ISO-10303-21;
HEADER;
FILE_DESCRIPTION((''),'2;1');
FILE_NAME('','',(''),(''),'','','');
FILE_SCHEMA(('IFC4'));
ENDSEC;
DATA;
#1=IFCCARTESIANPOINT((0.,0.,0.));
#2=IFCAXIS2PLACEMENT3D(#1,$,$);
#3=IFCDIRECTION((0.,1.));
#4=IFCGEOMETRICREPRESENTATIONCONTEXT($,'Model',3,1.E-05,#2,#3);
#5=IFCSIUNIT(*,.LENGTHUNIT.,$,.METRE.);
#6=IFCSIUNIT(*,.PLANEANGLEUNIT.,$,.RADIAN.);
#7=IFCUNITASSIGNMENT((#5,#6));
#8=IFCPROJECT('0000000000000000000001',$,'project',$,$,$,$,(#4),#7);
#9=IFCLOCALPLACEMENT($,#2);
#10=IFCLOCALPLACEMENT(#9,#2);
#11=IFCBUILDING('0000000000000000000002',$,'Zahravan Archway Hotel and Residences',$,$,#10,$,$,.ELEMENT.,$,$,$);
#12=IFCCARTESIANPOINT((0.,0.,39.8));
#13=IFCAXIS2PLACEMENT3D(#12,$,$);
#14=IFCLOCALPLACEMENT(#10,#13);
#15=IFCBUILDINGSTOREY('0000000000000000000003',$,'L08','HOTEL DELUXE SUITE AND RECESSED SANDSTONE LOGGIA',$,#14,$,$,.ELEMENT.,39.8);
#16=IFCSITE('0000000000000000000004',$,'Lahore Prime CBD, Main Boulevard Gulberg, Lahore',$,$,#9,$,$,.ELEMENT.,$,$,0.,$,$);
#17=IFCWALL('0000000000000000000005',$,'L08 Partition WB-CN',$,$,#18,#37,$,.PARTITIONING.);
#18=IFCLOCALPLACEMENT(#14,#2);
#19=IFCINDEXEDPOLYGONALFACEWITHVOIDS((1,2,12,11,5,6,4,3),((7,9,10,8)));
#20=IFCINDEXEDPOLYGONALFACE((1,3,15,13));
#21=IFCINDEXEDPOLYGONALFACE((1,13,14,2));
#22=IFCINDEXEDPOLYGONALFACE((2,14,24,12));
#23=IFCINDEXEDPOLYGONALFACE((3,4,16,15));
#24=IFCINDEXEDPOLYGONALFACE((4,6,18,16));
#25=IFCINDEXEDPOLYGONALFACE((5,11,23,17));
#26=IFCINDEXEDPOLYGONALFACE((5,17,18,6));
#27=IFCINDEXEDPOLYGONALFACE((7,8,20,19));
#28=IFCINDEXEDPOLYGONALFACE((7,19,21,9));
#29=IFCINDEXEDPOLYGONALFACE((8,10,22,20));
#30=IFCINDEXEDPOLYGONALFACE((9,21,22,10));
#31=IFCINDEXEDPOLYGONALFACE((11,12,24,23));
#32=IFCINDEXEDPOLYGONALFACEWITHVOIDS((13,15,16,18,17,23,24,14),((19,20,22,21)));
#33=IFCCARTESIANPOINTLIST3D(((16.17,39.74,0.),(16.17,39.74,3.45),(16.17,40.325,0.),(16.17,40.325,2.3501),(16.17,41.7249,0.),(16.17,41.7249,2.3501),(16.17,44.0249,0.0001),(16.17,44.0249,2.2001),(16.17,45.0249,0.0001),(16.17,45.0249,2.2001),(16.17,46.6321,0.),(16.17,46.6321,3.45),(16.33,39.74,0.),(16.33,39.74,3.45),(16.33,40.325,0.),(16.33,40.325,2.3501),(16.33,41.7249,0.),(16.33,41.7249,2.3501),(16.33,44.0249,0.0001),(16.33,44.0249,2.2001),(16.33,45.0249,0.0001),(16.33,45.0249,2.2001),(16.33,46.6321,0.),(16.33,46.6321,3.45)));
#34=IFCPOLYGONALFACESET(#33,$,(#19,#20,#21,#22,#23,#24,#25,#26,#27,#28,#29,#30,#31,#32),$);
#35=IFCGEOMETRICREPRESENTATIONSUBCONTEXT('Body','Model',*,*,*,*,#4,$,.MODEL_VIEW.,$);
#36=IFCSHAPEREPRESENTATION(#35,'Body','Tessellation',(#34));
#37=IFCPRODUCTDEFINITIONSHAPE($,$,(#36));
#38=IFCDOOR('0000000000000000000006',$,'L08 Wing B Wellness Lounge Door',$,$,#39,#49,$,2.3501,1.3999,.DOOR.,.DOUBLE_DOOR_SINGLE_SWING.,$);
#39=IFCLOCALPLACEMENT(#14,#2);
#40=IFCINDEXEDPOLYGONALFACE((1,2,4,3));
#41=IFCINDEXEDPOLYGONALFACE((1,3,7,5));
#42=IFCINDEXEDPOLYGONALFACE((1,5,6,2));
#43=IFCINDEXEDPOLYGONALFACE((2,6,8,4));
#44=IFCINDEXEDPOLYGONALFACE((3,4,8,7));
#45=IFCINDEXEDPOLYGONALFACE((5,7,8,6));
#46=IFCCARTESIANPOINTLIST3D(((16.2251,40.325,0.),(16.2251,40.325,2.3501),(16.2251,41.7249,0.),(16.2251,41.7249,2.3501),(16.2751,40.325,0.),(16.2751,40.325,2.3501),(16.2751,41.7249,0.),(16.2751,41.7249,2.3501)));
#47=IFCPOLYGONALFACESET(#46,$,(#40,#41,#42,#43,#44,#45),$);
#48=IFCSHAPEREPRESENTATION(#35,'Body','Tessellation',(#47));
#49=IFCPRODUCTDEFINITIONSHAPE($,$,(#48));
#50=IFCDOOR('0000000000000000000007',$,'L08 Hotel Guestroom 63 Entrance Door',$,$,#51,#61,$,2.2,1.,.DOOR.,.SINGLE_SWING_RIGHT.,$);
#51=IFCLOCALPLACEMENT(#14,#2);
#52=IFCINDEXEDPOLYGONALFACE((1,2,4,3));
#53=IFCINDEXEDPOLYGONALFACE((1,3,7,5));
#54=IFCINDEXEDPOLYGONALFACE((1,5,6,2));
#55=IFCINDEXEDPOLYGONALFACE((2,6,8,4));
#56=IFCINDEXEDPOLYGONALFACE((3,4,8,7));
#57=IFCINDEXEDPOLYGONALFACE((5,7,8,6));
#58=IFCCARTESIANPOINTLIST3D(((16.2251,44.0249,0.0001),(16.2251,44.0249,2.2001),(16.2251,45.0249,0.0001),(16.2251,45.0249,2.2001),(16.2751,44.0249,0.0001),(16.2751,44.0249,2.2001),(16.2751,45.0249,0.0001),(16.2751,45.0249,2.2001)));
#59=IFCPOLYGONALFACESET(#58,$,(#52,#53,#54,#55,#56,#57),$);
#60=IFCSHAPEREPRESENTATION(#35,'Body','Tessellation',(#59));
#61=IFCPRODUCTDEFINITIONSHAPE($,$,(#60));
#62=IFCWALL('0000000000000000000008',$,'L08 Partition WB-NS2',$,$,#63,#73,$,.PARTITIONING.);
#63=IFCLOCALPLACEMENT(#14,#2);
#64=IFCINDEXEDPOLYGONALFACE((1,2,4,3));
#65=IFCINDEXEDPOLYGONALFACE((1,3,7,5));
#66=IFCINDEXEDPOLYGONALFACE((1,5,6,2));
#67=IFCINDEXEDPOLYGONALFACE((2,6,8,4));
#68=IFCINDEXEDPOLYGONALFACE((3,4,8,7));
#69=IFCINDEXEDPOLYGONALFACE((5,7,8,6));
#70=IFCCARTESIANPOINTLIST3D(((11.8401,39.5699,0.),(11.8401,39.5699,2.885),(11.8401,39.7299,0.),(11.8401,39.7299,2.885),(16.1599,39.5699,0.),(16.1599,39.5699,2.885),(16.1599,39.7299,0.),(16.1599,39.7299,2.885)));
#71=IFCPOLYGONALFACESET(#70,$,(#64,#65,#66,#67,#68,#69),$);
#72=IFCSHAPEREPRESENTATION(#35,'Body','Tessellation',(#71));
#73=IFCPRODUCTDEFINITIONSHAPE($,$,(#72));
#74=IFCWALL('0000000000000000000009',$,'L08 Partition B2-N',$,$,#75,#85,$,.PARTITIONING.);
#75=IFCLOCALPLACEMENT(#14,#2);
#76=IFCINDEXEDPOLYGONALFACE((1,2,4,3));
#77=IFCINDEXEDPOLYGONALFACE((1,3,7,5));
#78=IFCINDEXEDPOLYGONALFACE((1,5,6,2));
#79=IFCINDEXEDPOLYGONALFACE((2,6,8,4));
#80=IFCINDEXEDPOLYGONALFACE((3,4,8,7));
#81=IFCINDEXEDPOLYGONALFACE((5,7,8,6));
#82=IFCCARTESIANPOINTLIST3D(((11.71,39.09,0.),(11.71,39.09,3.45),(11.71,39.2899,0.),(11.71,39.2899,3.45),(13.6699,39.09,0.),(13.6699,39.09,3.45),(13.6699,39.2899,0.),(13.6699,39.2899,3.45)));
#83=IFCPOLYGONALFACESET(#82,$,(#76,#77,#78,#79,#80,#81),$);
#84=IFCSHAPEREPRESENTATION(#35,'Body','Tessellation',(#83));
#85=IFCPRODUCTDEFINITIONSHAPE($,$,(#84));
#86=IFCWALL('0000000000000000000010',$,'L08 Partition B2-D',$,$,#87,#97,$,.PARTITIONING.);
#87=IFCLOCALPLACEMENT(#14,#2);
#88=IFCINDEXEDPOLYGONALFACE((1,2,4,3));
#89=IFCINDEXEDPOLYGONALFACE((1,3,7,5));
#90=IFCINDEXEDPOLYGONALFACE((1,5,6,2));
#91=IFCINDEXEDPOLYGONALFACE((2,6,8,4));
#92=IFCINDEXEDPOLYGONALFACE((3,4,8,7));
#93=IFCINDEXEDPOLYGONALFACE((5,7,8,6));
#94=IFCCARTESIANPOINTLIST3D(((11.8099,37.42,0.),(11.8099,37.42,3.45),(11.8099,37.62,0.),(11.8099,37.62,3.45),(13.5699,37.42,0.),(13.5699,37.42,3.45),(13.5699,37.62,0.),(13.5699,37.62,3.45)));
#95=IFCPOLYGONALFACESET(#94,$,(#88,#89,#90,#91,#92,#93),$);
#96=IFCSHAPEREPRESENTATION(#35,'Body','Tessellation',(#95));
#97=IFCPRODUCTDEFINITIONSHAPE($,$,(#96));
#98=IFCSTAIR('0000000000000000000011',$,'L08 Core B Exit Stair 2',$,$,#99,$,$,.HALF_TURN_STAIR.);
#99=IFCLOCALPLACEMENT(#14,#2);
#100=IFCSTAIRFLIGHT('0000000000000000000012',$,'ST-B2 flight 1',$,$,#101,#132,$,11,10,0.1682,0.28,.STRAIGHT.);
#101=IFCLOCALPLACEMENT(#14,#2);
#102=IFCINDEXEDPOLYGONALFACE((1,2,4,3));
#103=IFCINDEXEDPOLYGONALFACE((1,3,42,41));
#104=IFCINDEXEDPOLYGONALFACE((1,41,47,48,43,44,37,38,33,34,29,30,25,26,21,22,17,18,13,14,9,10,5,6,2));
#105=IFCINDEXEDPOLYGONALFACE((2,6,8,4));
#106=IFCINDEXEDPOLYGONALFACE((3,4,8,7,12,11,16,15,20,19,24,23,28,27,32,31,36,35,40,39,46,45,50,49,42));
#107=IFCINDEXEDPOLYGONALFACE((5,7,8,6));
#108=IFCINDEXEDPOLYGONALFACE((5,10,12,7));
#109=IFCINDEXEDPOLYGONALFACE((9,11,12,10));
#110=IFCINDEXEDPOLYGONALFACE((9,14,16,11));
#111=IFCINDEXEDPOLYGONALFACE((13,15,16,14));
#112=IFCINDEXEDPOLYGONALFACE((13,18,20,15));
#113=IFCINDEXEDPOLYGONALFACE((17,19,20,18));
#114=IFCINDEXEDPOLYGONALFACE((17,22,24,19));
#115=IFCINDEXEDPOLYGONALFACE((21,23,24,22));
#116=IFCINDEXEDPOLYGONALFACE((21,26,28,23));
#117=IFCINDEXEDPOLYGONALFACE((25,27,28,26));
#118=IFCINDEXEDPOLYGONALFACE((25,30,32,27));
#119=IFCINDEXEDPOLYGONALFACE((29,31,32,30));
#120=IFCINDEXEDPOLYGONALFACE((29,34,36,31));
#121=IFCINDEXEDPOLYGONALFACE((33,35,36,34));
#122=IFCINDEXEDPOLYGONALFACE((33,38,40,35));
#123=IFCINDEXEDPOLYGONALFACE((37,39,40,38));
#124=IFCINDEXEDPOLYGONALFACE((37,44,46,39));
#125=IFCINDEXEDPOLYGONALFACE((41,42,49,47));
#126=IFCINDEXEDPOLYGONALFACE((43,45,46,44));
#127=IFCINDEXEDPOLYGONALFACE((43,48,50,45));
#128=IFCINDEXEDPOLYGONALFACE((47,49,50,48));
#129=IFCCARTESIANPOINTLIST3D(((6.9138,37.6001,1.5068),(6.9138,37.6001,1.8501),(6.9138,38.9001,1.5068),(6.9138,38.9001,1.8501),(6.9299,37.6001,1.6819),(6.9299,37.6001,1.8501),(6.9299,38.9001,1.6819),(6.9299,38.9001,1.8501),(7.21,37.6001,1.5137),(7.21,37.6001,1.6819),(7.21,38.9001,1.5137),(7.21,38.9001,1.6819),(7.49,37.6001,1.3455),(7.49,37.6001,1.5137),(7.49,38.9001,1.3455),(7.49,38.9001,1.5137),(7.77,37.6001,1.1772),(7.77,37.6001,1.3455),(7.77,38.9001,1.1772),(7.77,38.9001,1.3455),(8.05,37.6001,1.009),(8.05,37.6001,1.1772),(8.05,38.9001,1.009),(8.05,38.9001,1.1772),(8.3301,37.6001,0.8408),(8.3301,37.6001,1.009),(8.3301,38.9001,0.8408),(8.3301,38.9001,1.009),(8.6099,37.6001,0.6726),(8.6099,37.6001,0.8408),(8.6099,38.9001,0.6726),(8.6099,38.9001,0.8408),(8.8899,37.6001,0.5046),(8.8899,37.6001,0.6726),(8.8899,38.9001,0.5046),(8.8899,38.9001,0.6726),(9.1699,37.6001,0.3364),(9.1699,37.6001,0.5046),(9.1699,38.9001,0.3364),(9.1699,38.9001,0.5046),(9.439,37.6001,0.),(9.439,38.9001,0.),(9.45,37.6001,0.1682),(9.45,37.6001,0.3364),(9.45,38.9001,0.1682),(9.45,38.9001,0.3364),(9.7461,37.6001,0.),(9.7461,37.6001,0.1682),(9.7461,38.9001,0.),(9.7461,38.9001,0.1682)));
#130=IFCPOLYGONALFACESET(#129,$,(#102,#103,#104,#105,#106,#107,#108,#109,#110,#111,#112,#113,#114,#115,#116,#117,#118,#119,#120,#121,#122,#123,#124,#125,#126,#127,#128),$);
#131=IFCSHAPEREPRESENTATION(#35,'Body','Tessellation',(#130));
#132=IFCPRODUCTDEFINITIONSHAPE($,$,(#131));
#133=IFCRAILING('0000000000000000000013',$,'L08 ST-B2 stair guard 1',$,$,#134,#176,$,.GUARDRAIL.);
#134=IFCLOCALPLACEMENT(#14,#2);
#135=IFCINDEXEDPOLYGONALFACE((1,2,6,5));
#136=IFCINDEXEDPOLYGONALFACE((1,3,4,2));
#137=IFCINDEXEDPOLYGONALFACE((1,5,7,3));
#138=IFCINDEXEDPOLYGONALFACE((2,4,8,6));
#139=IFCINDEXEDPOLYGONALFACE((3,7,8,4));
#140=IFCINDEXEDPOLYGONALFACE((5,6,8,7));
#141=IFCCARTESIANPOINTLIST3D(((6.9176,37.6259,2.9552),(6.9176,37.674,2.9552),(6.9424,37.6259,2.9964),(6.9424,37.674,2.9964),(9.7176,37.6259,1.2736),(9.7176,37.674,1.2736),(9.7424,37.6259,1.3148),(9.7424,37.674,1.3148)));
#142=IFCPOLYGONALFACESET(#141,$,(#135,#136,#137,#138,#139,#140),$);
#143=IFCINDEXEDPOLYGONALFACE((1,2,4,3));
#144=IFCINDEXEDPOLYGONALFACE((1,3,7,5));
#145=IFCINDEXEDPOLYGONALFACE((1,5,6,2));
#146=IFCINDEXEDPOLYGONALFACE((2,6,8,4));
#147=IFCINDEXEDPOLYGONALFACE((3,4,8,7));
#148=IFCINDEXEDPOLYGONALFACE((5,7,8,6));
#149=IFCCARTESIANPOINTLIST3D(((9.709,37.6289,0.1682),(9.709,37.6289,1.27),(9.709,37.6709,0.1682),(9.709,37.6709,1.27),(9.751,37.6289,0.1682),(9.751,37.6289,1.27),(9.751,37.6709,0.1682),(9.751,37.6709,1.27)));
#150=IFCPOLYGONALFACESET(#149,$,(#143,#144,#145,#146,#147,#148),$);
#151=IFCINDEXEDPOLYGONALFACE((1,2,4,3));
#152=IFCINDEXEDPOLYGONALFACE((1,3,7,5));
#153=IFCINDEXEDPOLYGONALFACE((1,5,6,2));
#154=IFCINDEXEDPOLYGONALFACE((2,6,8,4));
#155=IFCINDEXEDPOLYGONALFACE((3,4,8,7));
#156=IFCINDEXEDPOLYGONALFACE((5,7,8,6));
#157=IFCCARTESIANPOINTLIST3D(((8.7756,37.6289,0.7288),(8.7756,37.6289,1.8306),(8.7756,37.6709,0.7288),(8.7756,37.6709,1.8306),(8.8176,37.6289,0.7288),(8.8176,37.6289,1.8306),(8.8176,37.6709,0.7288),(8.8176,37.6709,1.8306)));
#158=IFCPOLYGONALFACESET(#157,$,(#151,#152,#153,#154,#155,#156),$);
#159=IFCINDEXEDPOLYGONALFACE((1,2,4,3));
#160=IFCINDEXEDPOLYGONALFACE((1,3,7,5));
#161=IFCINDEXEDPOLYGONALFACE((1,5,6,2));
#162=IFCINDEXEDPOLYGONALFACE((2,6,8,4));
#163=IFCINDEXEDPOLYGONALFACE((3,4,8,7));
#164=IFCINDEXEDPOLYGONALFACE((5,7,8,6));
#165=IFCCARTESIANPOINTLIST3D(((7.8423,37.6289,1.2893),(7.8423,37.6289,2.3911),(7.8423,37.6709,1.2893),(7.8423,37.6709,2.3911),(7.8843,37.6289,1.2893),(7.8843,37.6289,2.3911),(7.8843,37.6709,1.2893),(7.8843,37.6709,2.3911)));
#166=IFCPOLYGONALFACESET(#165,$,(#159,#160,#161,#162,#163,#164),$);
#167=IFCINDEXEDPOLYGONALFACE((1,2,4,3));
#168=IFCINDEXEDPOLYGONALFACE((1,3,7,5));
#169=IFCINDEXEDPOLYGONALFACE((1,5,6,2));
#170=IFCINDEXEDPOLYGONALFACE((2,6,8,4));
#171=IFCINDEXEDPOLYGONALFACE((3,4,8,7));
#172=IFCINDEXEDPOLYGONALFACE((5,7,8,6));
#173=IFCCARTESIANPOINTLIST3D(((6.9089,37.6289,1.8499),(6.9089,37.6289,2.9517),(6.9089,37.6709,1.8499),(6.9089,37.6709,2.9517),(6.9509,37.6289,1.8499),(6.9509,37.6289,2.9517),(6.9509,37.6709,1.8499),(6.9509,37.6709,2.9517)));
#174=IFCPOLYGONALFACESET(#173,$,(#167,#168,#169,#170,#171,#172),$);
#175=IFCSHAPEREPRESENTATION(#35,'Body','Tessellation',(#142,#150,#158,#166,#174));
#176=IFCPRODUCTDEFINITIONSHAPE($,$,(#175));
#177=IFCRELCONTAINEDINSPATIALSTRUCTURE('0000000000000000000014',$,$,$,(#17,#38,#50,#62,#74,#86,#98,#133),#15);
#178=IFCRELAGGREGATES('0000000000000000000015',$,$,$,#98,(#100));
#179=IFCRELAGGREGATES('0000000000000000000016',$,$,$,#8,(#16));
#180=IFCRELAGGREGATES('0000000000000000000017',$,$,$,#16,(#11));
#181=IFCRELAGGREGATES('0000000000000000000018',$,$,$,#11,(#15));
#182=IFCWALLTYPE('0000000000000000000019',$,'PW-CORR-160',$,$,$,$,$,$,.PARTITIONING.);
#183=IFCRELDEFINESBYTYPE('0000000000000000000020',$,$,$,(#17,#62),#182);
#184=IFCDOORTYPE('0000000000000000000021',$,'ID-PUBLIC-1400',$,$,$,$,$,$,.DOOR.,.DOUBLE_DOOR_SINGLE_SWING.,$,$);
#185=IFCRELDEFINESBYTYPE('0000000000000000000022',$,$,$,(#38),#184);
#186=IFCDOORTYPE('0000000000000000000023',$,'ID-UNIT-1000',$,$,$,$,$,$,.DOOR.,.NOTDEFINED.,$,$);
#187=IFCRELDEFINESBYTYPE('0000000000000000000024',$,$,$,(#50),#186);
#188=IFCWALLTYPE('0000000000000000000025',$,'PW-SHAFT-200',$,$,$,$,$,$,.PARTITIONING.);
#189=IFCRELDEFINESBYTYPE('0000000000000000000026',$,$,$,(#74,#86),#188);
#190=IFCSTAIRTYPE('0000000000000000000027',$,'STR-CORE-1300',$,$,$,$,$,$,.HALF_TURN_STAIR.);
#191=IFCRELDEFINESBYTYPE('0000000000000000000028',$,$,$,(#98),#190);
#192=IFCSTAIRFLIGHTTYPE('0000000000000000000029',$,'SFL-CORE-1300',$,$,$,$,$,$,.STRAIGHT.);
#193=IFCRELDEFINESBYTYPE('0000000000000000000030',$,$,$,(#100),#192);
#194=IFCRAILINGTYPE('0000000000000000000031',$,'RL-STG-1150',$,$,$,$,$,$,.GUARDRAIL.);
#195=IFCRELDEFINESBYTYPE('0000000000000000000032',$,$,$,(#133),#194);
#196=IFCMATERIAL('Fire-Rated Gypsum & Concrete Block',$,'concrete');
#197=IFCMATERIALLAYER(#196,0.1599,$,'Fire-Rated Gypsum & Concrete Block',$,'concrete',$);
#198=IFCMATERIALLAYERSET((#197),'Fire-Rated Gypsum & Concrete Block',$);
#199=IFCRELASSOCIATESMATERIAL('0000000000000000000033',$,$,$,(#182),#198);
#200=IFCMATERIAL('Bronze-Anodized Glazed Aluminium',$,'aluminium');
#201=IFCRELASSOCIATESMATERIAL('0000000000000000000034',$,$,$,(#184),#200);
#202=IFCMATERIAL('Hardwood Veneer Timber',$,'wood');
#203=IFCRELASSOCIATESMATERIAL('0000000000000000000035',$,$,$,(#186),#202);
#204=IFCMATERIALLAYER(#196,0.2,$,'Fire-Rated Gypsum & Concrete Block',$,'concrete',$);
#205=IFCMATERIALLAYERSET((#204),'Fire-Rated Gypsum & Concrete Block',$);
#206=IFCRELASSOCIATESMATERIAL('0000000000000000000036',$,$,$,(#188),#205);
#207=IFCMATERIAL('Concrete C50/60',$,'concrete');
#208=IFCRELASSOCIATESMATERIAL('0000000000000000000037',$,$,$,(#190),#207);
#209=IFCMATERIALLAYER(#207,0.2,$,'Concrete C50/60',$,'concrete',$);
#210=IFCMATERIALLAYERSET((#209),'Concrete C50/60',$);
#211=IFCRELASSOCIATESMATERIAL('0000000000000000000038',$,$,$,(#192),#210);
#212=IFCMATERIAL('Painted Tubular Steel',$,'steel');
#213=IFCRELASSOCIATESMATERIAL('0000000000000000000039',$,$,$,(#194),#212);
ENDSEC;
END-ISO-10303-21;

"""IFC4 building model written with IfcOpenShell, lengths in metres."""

from ifc_helpers import new_model, si_unit, direction, frame, frame_2d, origin, origin_2d, place, context, subcontext, project, spatial, polyline, rectangle, outline, extrude, source, transform, mapped, material, layer, layer_set, type_object, type_shapes, element, fill, aggregate, save


model = new_model("IFC4")

# Units and contexts
model_context = context("Model", 3, precision=1e-05, world=origin(), true_north=direction((0.0, 1.0)))
body_context = subcontext(model_context, "Body", "Model", "MODEL_VIEW")
ifc_project = project(units=[si_unit("LENGTHUNIT", "METRE"), si_unit("PLANEANGLEUNIT", "RADIAN")], contexts=[model_context])

# Site, building, storey
site_placement = place(None, origin())
site = spatial("IfcSite", under=ifc_project, at=site_placement, Name="Lahore Prime CBD, Main Boulevard Gulberg, Lahore", CompositionType="ELEMENT", RefElevation=0.0)
building_placement = place(site_placement, origin())
building = spatial("IfcBuilding", under=site, at=building_placement, Name="Zahravan Archway Hotel and Residences", CompositionType="ELEMENT")
storey_placement = place(building_placement, frame((0.0, 0.0, 39.8)))
storey = spatial("IfcBuildingStorey", under=building, at=storey_placement, Name="L08", Description="HOTEL DELUXE SUITE AND RECESSED SANDSTONE LOGGIA", CompositionType="ELEMENT", Elevation=39.8)

# Wall, openings, doors
ifc_material_1 = material(Name="Fire-Rated Gypsum & Concrete Block", Category="concrete")
ifc_layer_1 = layer(ifc_material_1, 0.1599, Name="Fire-Rated Gypsum & Concrete Block", Category="concrete")
ifc_layer_set_1 = layer_set([ifc_layer_1], Name="Fire-Rated Gypsum & Concrete Block")
wall_type_1 = type_object("IfcWallType", Name="PW-CORR-160", PredefinedType="PARTITIONING", material=ifc_layer_set_1)
wall_1_placement = place(storey_placement, frame((16.25, 39.74, 0.0), z_axis=(0.0, 0.0, 1.0), x_axis=(0.0, 1.0, 0.0)))
wall_1 = element("IfcWall", 1, at=wall_1_placement, inside=storey, type_object=wall_type_1, Name="L08 Partition WB-CN", PredefinedType="PARTITIONING", context=body_context, shape_type="SweptSolid", body=[
    extrude(rectangle(XDim=6.8921, YDim=0.1599, at=frame_2d((3.446, 0.0))), origin(), (0.0, 0.0, 1.0), 3.45),
])
opening_1_placement = place(wall_1_placement, frame((0.585, 0.0, 0.0)))
opening_1 = element("IfcOpeningElement", 2, at=opening_1_placement, cuts=wall_1, PredefinedType="OPENING", context=body_context, shape_type="SweptSolid", body=[
    extrude(rectangle(XDim=1.3999, YDim=2.3501, at=frame_2d((0.7, 1.175))), frame((0.0, 0.0898, 0.0), z_axis=(0.0, -1.0, 0.0), x_axis=(1.0, 0.0, 0.0)), (0.0, 0.0, 1.0), 0.1799),
])
opening_2_placement = place(wall_1_placement, frame((4.2849, 0.0, 0.0)))
opening_2 = element("IfcOpeningElement", 3, at=opening_2_placement, cuts=wall_1, PredefinedType="OPENING", context=body_context, shape_type="SweptSolid", body=[
    extrude(rectangle(XDim=1.0, YDim=2.2, at=frame_2d((0.5, 1.1001))), frame((0.0, 0.0898, 0.0), z_axis=(0.0, -1.0, 0.0), x_axis=(1.0, 0.0, 0.0)), (0.0, 0.0, 1.0), 0.1799),
])
ifc_material_2 = material(Name="Bronze-Anodized Glazed Aluminium", Category="aluminium")
door_type_1 = type_object("IfcDoorType", Name="ID-PUBLIC-1400", OperationType="DOUBLE_DOOR_SINGLE_SWING", PredefinedType="DOOR", material=ifc_material_2)
shared_shape_1 = source(origin(), body_context, "Body", "SweptSolid", [
    extrude(rectangle(XDim=1.3999, YDim=2.3501, at=frame_2d((0.7, 1.175))), frame((0.0, 0.0249, 0.0), z_axis=(0.0, -1.0, 0.0), x_axis=(1.0, 0.0, 0.0)), (0.0, 0.0, 1.0), 0.05),
])
type_shapes(door_type_1, [shared_shape_1])
door_1_placement = place(opening_1_placement, origin())
door_1 = element("IfcDoor", 4, at=door_1_placement, inside=storey, type_object=door_type_1, Name="L08 Wing B Wellness Lounge Door", OperationType="DOUBLE_DOOR_SINGLE_SWING", OverallHeight=2.3501, OverallWidth=1.3999, PredefinedType="DOOR", context=body_context, shape_type="MappedRepresentation", body=[
    mapped(shared_shape_1, transform((0.0, 0.0, 0.0), scale=1.0)),
])
fill(opening_1, door_1)
ifc_material_3 = material(Name="Hardwood Veneer Timber", Category="wood")
door_type_2 = type_object("IfcDoorType", Name="ID-UNIT-1000", OperationType="NOTDEFINED", PredefinedType="DOOR", material=ifc_material_3)
shared_shape_2 = source(origin(), body_context, "Body", "SweptSolid", [
    extrude(rectangle(XDim=1.0, YDim=2.2, at=frame_2d((0.5, 1.1001))), frame((0.0, 0.0249, 0.0), z_axis=(0.0, -1.0, 0.0), x_axis=(1.0, 0.0, 0.0)), (0.0, 0.0, 1.0), 0.05),
])
type_shapes(door_type_2, [shared_shape_2])
door_2_placement = place(opening_2_placement, origin())
door_2 = element("IfcDoor", 5, at=door_2_placement, inside=storey, type_object=door_type_2, Name="L08 Hotel Guestroom 63 Entrance Door", OperationType="SINGLE_SWING_RIGHT", OverallHeight=2.2, OverallWidth=1.0, PredefinedType="DOOR", context=body_context, shape_type="MappedRepresentation", body=[
    mapped(shared_shape_2, transform((0.0, 0.0, 0.0), scale=1.0)),
])
fill(opening_2, door_2)

# Walls
wall_2_placement = place(storey_placement, frame((11.8401, 39.6499, 0.0), z_axis=(0.0, 0.0, 1.0), x_axis=(1.0, 0.0, 0.0)))
element("IfcWall", 6, at=wall_2_placement, inside=storey, type_object=wall_type_1, Name="L08 Partition WB-NS2", PredefinedType="PARTITIONING", context=body_context, shape_type="SweptSolid", body=[
    extrude(rectangle(XDim=4.3198, YDim=0.1599, at=frame_2d((2.1599, 0.0))), origin(), (0.0, 0.0, 1.0), 2.885),
])
ifc_layer_2 = layer(ifc_material_1, 0.2, Name="Fire-Rated Gypsum & Concrete Block", Category="concrete")
ifc_layer_set_2 = layer_set([ifc_layer_2], Name="Fire-Rated Gypsum & Concrete Block")
wall_type_2 = type_object("IfcWallType", Name="PW-SHAFT-200", PredefinedType="PARTITIONING", material=ifc_layer_set_2)
wall_3_placement = place(storey_placement, frame((11.71, 39.1899, 0.0), z_axis=(0.0, 0.0, 1.0), x_axis=(1.0, 0.0, 0.0)))
element("IfcWall", 7, at=wall_3_placement, inside=storey, type_object=wall_type_2, Name="L08 Partition B2-N", PredefinedType="PARTITIONING", context=body_context, shape_type="SweptSolid", body=[
    extrude(rectangle(XDim=1.96, YDim=0.2, at=frame_2d((0.98, 0.0))), origin(), (0.0, 0.0, 1.0), 3.45),
])
wall_4_placement = place(storey_placement, frame((11.8101, 37.52, 0.0), z_axis=(0.0, 0.0, 1.0), x_axis=(1.0, 0.0, 0.0)))
element("IfcWall", 8, at=wall_4_placement, inside=storey, type_object=wall_type_2, Name="L08 Partition B2-D", PredefinedType="PARTITIONING", context=body_context, shape_type="SweptSolid", body=[
    extrude(rectangle(XDim=1.76, YDim=0.2, at=frame_2d((0.8799, 0.0))), origin(), (0.0, 0.0, 1.0), 3.45),
])

# Stair, stair flight
ifc_material_4 = material(Name="Concrete C50/60", Category="concrete")
stair_type = type_object("IfcStairType", Name="STR-CORE-1300", PredefinedType="HALF_TURN_STAIR", material=ifc_material_4)
stair_placement = place(storey_placement, origin())
stair = element("IfcStair", 9, at=stair_placement, inside=storey, type_object=stair_type, Name="L08 Core B Exit Stair 2", PredefinedType="HALF_TURN_STAIR")
ifc_layer_3 = layer(ifc_material_4, 0.2, Name="Concrete C50/60", Category="concrete")
ifc_layer_set_3 = layer_set([ifc_layer_3], Name="Concrete C50/60")
stair_flight_type = type_object("IfcStairFlightType", Name="SFL-CORE-1300", PredefinedType="STRAIGHT", material=ifc_layer_set_3)
shared_shape_3 = source(origin(), body_context, "Body", "SweptSolid", [
    extrude(outline(polyline([(-0.0161, 0.0), (-0.0161, 0.1682), (0.28, 0.1682), (0.28, 0.3364), (0.5601, 0.3364), (0.5601, 0.5046), (0.8401, 0.5046), (0.8401, 0.6726), (1.1201, 0.6726), (1.1201, 0.8408), (1.3999, 0.8408), (1.3999, 1.009), (1.6799, 1.009), (1.6799, 1.1772), (1.96, 1.1772), (1.96, 1.3455), (2.24, 1.3455), (2.24, 1.5137), (2.52, 1.5137), (2.52, 1.6819), (2.8, 1.6819), (2.8, 1.8501), (2.8162, 1.8501), (2.8162, 1.5068), (0.291, 0.0), (-0.0161, 0.0)])), frame((0.0, 0.6499, 0.0), z_axis=(0.0, -1.0, 0.0), x_axis=(1.0, 0.0, 0.0)), (0.0, 0.0, 1.0), 1.3),
])
stair_flight_placement = place(storey_placement, frame((9.73, 38.25, 0.0), z_axis=(0.0, 0.0, 1.0), x_axis=(-1.0, 0.0, 0.0)))
stair_flight = element("IfcStairFlight", 10, at=stair_flight_placement, type_object=stair_flight_type, Name="ST-B2 flight 1", NumberOfRisers=11, NumberOfTreads=10, PredefinedType="STRAIGHT", RiserHeight=0.1682, TreadLength=0.28, context=body_context, shape_type="MappedRepresentation", body=[
    mapped(shared_shape_3, transform((0.0, 0.0, 0.0), scale=1.0)),
])
aggregate(stair, [stair_flight])

# Railing
ifc_material_5 = material(Name="Painted Tubular Steel", Category="steel")
railing_type_1 = type_object("IfcRailingType", Name="RL-STG-1150", PredefinedType="GUARDRAIL", material=ifc_material_5)
railing_1_placement = place(storey_placement, frame((9.73, 37.6499, 0.1682)))
element("IfcRailing", 11, at=railing_1_placement, inside=storey, type_object=railing_type_1, Name="L08 ST-B2 stair guard 1", PredefinedType="GUARDRAIL", context=body_context, shape_type="SweptSolid", body=[
    extrude(rectangle(XDim=0.0481, YDim=0.0481, at=origin_2d()), frame((0.0, 0.0, 1.126), z_axis=(-0.857275, 0.0, 0.514858), x_axis=(0.0, -1.0, 0.0)), (0.0, 0.0, 1.0), 3.2661),
    extrude(rectangle(XDim=0.042, YDim=0.042, at=origin_2d()), origin(), (0.0, 0.0, 1.0), 1.1018),
    extrude(rectangle(XDim=0.042, YDim=0.042, at=origin_2d()), frame((-0.9333, 0.0, 0.5605)), (0.0, 0.0, 1.0), 1.1018),
    extrude(rectangle(XDim=0.042, YDim=0.042, at=origin_2d()), frame((-1.8667, 0.0, 1.1211)), (0.0, 0.0, 1.0), 1.1018),
    extrude(rectangle(XDim=0.042, YDim=0.042, at=origin_2d()), frame((-2.8, 0.0, 1.6816)), (0.0, 0.0, 1.0), 1.1018),
])

save(model, "model.ifc")
